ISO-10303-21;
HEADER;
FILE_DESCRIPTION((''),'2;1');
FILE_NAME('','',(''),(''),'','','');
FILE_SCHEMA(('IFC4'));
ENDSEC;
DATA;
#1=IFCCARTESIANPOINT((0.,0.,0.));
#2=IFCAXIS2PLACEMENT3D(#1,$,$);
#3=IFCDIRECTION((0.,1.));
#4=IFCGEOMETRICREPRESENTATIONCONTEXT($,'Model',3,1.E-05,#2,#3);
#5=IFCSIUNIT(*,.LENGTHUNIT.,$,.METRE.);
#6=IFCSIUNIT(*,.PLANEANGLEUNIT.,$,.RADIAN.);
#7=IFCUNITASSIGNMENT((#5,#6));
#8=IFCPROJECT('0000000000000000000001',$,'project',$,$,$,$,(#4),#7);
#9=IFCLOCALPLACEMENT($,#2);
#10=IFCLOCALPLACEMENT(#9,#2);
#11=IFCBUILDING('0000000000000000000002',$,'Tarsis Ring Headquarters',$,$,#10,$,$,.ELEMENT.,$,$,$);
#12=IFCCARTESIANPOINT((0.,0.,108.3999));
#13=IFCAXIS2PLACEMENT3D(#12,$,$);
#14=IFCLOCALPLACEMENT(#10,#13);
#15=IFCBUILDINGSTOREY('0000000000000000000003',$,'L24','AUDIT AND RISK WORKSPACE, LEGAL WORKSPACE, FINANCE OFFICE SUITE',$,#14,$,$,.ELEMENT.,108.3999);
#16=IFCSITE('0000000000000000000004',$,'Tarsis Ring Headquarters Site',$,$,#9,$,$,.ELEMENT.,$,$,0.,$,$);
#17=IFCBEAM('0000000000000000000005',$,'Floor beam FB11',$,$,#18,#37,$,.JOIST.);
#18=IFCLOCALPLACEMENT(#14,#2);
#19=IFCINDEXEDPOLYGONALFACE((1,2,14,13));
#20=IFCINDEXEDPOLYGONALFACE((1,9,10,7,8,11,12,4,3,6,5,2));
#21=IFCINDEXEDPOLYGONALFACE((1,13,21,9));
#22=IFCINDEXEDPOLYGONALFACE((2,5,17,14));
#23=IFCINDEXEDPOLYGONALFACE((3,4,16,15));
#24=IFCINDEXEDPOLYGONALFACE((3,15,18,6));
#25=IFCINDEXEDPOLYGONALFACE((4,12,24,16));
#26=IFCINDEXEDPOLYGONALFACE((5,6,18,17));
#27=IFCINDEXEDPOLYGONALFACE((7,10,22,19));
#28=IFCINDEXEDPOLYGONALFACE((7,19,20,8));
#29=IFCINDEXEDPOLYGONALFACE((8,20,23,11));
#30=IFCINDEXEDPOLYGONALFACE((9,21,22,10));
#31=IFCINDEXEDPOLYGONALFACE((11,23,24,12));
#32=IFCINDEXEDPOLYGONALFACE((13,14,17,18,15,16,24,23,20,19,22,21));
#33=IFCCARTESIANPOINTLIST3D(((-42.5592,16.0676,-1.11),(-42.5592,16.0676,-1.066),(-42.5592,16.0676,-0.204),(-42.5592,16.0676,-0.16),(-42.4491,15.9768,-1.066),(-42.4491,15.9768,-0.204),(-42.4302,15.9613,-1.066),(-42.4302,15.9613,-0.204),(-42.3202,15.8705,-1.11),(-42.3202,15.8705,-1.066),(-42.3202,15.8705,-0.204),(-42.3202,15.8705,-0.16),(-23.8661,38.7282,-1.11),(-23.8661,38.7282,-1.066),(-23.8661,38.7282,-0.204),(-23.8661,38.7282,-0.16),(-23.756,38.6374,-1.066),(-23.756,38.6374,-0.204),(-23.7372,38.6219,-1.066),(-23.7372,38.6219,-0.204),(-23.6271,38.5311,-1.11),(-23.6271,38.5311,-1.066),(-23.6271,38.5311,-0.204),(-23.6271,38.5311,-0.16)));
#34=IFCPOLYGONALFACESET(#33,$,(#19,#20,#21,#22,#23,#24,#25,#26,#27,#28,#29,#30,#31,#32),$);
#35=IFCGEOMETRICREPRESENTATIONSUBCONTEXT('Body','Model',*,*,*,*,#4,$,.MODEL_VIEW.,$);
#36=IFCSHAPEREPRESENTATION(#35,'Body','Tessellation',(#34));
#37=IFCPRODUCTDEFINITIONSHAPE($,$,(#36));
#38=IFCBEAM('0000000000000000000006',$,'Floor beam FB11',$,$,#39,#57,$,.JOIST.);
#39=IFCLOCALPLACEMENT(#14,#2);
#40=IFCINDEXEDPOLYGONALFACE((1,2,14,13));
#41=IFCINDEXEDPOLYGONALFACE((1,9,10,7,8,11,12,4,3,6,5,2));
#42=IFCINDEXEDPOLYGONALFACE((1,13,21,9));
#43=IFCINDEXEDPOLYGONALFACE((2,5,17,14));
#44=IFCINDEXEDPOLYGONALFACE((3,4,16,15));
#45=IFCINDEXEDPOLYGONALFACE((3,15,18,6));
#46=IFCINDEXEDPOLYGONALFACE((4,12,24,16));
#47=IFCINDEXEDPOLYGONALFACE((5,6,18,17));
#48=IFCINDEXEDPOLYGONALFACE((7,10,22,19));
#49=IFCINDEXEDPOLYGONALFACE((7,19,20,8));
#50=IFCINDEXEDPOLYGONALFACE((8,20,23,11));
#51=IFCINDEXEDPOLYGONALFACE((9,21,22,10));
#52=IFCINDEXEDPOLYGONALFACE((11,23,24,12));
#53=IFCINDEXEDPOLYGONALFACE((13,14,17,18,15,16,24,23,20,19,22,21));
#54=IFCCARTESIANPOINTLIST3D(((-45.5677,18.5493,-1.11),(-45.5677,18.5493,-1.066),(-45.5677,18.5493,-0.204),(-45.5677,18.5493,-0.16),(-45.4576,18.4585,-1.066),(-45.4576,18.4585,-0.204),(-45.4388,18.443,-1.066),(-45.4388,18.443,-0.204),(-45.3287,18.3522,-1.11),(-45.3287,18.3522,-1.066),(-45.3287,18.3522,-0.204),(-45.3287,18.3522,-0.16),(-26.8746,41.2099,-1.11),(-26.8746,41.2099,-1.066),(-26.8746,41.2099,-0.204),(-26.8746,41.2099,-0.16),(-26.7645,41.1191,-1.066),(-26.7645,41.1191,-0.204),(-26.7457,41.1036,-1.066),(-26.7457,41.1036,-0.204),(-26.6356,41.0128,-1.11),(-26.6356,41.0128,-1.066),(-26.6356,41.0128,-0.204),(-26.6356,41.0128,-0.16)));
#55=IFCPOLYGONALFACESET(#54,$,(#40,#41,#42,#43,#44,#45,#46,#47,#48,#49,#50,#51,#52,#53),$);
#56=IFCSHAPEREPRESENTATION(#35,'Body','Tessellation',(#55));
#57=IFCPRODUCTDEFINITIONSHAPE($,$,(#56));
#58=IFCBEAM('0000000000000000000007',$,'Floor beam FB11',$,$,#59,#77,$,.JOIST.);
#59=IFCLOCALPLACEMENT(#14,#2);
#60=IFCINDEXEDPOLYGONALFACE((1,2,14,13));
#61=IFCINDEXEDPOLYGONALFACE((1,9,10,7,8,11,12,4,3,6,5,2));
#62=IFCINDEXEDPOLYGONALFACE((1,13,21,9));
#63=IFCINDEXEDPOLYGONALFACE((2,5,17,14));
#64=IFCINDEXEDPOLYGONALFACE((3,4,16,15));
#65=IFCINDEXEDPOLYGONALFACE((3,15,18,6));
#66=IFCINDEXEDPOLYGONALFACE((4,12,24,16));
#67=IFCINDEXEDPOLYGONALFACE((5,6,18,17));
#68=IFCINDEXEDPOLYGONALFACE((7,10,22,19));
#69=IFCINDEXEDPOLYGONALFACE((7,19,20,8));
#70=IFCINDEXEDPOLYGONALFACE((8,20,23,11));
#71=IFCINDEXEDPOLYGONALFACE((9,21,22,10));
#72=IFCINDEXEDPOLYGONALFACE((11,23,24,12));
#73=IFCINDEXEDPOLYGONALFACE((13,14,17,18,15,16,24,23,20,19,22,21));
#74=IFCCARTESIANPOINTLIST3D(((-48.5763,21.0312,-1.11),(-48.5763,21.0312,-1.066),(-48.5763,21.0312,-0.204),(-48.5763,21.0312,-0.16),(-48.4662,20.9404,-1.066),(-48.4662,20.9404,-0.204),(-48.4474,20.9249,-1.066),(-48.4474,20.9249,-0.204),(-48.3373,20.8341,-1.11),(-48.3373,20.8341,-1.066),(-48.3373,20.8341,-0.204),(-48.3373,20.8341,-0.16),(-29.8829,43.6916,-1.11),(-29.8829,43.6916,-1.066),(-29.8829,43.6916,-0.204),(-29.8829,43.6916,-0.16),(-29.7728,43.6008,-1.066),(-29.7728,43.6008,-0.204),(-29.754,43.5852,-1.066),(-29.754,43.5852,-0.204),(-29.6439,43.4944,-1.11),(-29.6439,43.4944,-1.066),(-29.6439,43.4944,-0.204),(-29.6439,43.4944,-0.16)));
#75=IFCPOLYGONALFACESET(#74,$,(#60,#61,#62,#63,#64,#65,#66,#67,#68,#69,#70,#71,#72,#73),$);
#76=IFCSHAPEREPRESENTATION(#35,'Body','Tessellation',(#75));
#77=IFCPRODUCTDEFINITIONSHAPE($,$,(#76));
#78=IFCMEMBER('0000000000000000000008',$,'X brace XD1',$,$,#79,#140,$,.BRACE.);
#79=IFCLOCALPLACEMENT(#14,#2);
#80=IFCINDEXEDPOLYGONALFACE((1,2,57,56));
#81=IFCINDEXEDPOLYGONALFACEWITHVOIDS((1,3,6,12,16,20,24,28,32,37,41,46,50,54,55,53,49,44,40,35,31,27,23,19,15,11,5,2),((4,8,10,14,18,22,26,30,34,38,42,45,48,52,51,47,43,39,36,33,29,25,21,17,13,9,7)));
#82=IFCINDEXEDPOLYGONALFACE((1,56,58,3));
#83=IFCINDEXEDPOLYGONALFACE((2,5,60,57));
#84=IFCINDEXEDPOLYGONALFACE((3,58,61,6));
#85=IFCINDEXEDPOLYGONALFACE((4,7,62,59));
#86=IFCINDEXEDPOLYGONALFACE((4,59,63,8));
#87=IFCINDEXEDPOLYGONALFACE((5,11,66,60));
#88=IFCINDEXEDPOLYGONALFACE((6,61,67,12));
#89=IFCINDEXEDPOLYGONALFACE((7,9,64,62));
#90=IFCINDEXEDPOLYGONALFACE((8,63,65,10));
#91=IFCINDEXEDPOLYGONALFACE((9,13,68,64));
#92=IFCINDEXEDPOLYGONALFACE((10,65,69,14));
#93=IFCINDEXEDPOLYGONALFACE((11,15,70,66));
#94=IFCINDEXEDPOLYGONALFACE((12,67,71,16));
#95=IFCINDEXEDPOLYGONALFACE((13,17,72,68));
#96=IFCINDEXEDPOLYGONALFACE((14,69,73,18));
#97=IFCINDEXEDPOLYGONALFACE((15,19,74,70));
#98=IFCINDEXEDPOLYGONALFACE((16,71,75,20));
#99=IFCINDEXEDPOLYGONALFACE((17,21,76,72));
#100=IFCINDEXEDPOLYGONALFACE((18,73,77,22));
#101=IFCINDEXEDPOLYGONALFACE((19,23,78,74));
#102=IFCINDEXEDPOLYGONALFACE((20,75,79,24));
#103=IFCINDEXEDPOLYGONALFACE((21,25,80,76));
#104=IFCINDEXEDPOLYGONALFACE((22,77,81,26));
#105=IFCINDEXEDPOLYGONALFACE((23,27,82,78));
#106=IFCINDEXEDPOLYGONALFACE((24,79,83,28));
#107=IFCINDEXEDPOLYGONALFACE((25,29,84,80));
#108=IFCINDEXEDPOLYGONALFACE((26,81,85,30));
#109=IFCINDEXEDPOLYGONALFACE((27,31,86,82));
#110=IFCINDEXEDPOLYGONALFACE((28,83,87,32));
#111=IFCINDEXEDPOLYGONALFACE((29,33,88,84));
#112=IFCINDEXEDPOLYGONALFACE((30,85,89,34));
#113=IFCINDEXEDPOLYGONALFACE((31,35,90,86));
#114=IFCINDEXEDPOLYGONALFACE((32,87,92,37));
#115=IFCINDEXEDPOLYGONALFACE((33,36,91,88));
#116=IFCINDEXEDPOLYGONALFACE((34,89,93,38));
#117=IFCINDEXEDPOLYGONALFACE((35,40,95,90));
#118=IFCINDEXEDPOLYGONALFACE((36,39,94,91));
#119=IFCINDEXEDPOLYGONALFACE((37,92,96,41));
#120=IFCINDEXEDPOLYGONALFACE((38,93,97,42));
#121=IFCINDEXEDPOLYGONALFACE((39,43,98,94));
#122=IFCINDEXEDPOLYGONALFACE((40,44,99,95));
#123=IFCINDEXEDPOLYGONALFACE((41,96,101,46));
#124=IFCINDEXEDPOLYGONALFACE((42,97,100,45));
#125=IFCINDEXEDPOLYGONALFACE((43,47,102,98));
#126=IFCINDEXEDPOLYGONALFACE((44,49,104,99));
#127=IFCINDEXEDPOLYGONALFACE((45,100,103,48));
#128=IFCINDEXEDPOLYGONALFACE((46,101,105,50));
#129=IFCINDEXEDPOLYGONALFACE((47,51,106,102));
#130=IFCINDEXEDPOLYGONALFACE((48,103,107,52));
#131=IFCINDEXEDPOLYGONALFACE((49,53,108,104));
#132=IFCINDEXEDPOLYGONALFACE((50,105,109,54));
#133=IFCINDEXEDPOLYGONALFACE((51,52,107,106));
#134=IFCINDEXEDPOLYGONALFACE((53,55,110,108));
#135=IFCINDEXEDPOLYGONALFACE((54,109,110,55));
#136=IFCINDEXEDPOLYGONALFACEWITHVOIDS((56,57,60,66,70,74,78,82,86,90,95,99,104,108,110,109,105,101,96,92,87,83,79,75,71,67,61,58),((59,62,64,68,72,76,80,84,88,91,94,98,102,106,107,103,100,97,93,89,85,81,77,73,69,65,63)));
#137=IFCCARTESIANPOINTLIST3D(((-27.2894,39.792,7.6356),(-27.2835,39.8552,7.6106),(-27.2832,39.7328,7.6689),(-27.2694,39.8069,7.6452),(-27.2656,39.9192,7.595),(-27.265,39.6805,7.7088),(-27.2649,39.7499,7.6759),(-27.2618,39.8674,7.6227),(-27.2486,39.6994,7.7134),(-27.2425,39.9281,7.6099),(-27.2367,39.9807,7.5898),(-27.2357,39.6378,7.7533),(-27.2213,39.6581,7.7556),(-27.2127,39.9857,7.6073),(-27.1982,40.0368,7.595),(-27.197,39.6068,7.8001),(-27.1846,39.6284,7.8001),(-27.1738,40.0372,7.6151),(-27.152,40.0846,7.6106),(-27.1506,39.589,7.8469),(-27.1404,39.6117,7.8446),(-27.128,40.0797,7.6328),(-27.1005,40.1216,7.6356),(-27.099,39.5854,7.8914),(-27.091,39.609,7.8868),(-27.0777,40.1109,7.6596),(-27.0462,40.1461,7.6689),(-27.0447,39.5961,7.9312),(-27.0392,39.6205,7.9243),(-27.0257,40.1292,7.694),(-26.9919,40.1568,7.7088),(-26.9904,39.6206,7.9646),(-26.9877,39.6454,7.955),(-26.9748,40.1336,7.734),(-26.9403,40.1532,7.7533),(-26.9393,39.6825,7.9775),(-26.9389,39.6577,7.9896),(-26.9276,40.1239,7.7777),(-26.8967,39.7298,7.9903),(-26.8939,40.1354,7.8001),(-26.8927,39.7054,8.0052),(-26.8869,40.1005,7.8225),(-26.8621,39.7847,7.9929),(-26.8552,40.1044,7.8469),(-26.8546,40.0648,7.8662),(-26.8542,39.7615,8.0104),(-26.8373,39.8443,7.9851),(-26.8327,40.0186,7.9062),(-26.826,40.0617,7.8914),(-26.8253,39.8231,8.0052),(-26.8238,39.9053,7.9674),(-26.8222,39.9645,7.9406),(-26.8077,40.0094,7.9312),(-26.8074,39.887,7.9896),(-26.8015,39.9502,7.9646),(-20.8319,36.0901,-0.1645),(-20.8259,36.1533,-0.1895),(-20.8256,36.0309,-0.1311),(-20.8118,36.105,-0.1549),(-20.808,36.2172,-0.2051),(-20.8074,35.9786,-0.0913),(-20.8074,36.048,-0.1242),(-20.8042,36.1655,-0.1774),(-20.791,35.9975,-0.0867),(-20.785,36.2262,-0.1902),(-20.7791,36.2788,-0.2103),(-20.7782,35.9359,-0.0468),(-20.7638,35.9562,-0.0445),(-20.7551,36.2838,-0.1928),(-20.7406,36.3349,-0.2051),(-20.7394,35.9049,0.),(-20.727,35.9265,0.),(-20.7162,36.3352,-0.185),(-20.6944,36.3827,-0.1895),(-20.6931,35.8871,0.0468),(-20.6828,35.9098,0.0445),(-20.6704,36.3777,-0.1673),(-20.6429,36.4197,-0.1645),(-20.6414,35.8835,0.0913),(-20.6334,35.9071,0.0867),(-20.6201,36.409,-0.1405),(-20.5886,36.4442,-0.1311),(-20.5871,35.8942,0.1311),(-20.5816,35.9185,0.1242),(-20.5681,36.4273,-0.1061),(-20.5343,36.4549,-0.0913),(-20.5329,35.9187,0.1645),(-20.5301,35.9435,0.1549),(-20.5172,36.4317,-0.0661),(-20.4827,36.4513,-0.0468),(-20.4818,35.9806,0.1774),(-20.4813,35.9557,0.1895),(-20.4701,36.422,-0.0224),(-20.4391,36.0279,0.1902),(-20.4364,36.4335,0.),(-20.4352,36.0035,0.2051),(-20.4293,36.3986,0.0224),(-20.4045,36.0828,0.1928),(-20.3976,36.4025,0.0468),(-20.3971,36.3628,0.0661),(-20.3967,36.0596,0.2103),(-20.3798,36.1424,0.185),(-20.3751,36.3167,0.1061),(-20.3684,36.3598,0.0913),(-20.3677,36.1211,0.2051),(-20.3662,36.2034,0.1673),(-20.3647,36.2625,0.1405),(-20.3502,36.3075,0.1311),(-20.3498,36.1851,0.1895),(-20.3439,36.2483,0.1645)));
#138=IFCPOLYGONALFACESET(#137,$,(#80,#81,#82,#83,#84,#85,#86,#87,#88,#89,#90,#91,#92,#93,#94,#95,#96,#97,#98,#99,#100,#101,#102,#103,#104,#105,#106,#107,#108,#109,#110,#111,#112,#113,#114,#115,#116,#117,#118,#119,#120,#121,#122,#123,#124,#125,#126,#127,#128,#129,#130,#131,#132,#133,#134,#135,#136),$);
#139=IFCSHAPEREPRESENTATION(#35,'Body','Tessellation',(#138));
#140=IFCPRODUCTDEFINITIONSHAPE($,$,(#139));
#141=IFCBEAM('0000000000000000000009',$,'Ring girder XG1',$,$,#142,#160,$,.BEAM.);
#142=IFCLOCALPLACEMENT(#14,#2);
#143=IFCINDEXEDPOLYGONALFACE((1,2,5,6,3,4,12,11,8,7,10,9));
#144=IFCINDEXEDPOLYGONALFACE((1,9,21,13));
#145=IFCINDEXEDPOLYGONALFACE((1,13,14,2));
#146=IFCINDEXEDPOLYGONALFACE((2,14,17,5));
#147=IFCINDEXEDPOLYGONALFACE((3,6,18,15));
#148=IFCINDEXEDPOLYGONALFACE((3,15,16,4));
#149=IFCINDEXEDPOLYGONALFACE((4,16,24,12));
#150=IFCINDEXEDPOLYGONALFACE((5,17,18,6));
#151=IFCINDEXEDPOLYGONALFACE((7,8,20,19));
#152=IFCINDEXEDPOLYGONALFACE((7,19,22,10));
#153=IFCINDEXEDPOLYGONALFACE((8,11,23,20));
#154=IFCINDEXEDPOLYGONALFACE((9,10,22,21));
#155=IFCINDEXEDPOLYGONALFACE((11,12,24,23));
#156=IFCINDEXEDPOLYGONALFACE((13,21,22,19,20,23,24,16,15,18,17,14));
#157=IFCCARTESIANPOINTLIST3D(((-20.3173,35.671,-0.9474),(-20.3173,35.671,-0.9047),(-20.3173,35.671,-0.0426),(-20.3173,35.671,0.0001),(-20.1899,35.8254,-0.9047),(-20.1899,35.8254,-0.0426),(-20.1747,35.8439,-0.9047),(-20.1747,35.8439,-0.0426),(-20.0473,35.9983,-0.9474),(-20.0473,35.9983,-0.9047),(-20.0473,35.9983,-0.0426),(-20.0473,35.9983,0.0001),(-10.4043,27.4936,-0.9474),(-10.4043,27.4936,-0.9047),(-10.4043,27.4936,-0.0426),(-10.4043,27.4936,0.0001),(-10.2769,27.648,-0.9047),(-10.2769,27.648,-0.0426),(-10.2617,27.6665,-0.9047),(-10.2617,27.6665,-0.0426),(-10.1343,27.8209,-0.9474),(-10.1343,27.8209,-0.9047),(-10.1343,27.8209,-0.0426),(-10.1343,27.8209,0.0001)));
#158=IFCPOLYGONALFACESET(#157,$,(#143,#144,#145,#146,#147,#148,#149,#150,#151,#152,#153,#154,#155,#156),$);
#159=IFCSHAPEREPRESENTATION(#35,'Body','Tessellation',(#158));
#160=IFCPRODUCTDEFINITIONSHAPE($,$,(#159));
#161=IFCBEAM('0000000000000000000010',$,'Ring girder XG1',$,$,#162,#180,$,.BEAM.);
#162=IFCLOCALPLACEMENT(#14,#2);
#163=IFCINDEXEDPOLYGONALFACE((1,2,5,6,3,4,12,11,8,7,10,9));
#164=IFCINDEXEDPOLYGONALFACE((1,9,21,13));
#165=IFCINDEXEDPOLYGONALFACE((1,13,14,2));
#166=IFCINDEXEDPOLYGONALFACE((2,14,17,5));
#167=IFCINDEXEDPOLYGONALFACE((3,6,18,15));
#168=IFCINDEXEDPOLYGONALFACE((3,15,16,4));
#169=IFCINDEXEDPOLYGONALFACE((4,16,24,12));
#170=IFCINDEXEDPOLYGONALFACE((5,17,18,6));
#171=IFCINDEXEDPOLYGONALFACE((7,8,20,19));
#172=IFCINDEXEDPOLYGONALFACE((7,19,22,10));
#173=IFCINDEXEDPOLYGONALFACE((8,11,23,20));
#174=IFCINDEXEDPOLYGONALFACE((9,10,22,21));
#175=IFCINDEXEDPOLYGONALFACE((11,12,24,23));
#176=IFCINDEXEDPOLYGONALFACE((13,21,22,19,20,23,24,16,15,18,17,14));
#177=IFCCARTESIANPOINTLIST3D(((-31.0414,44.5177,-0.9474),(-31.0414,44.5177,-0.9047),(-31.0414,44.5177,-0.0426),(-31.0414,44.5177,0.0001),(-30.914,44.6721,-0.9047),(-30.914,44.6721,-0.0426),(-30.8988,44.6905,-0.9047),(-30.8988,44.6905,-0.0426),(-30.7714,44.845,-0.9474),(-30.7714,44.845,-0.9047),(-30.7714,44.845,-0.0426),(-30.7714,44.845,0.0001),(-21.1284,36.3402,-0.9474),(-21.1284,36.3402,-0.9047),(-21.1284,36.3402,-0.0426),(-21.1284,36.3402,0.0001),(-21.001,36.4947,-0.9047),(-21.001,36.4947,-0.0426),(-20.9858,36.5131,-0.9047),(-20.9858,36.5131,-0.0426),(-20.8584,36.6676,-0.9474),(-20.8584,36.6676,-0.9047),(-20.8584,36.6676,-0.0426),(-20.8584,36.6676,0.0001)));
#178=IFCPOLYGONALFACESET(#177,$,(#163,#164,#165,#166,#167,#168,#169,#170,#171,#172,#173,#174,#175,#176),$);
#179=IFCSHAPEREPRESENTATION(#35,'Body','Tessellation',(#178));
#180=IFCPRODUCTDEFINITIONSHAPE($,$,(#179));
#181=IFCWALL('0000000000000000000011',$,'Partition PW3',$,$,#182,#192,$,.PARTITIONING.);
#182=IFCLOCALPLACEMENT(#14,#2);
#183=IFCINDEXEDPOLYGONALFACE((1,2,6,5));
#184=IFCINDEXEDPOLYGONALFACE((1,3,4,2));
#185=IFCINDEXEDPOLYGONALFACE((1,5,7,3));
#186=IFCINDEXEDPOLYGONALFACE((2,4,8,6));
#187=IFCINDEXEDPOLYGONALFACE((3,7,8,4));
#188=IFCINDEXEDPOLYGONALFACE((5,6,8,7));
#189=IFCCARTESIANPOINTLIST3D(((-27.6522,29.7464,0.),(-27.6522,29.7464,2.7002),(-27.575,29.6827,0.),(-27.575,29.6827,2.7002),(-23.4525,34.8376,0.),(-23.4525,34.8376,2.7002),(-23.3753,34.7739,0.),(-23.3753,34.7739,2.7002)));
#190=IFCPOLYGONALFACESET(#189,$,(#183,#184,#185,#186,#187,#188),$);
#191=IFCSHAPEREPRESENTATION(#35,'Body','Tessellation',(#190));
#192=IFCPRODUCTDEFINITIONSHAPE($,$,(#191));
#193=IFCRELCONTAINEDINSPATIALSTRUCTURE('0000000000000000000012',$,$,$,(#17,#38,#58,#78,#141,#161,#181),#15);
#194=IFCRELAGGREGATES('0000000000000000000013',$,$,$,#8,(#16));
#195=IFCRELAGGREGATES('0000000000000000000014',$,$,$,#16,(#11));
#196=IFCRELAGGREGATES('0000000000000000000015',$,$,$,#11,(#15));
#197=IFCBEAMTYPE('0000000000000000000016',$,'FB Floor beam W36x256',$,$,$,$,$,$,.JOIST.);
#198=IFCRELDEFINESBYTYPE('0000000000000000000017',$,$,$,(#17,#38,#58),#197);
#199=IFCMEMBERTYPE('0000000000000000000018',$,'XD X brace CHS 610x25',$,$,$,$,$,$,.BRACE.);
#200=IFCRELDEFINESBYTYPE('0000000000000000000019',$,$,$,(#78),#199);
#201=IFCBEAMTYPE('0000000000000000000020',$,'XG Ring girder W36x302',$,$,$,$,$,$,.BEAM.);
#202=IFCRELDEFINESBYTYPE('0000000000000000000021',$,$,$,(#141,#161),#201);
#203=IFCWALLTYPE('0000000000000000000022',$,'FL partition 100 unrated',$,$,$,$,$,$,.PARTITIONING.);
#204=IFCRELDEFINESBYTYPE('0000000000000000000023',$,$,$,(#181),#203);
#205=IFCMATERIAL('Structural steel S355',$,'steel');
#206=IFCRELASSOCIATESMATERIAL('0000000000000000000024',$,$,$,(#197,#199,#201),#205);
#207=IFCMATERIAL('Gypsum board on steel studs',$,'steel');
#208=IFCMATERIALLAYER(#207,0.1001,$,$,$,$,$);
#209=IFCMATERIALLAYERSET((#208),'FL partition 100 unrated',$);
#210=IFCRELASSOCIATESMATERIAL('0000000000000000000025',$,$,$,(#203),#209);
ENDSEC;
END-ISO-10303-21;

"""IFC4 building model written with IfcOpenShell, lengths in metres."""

from ifc_helpers import new_model, si_unit, direction, frame, frame_2d, origin, origin_2d, place, context, subcontext, project, spatial, rectangle, hollow_circle, i_section, extrude, material, layer, layer_set, material_profile, profile_set, type_object, element, save


model = new_model("IFC4")

# Units and contexts
model_context = context("Model", 3, precision=1e-05, world=origin(), true_north=direction((0.0, 1.0)))
body_context = subcontext(model_context, "Body", "Model", "MODEL_VIEW")
ifc_project = project(units=[si_unit("LENGTHUNIT", "METRE"), si_unit("PLANEANGLEUNIT", "RADIAN")], contexts=[model_context])

# Site, building, storey
site_placement = place(None, origin())
site = spatial("IfcSite", under=ifc_project, at=site_placement, Name="Tarsis Ring Headquarters Site", CompositionType="ELEMENT", RefElevation=0.0)
building_placement = place(site_placement, origin())
building = spatial("IfcBuilding", under=site, at=building_placement, Name="Tarsis Ring Headquarters", CompositionType="ELEMENT")
storey_placement = place(building_placement, frame((0.0, 0.0, 108.3999)))
storey = spatial("IfcBuildingStorey", under=building, at=storey_placement, Name="L24", Description="AUDIT AND RISK WORKSPACE, LEGAL WORKSPACE, FINANCE OFFICE SUITE", CompositionType="ELEMENT", Elevation=108.3999)

# Shared definitions
ifc_material_1 = material(Name="Structural steel S355", Category="steel")

# Beams
ifc_material_profile_1 = material_profile(ifc_material_1, i_section(OverallWidth=0.3098, OverallDepth=0.95, WebThickness=0.0244, FlangeThickness=0.0439, at=origin_2d()), Name="W36x256")
ifc_profile_set_1 = profile_set([ifc_material_profile_1], Name="Structural steel S355")
beam_type_1 = type_object("IfcBeamType", Name="FB Floor beam W36x256", PredefinedType="JOIST", material=ifc_profile_set_1)
for number, where, z_axis, x_axis, name in (
    (1, (-23.7466, 38.6296, -0.635), (-0.636344, -0.771405, 0.0), (0.771405, -0.636344, 0.0), "Floor beam FB11"),
    (2, (-26.7551, 41.1113, -0.635), (-0.636344, -0.771405, 0.0), (0.771405, -0.636344, 0.0), "Floor beam FB11"),
    (3, (-29.7634, 43.593, -0.635), (-0.636353, -0.771398, 0.0), (0.771398, -0.636353, 0.0), "Floor beam FB11"),
):
    element("IfcBeam", number, at=place(storey_placement, frame(where, z_axis=z_axis, x_axis=x_axis)), inside=storey, type_object=beam_type_1, Name=name, PredefinedType="JOIST", context=body_context, shape_type="SweptSolid", body=[
        extrude(i_section(OverallWidth=0.3098, OverallDepth=0.95, WebThickness=0.0244, FlangeThickness=0.0439, at=origin_2d()), origin(), (0.0, 0.0, 1.0), 29.3757),
    ])

# Member
ifc_material_profile_2 = material_profile(ifc_material_1, hollow_circle(Radius=0.3047, WallThickness=0.0249, at=origin_2d()), Name="CHS 610x25")
ifc_profile_set_2 = profile_set([ifc_material_profile_2], Name="Structural steel S355")
member_type = type_object("IfcMemberType", Name="XD X brace CHS 610x25", PredefinedType="BRACE", material=ifc_profile_set_2)
member_placement = place(storey_placement, frame((-20.5879, 36.1692, 0.0), z_axis=(-0.598935, 0.343352, 0.723455), x_axis=(-0.497343, -0.867554, 0.0)))
element("IfcMember", 4, at=member_placement, inside=storey, type_object=member_type, Name="X brace XD1", PredefinedType="BRACE", context=body_context, shape_type="SweptSolid", body=[
    extrude(hollow_circle(Radius=0.3047, WallThickness=0.0249, at=origin_2d()), origin(), (0.0, 0.0, 1.0), 10.7817),
])

# Beams
ifc_material_profile_3 = material_profile(ifc_material_1, i_section(OverallWidth=0.4243, OverallDepth=0.9475, WebThickness=0.0239, FlangeThickness=0.0427, at=origin_2d()), Name="W36x302")
ifc_profile_set_3 = profile_set([ifc_material_profile_3], Name="Structural steel S355")
beam_type_2 = type_object("IfcBeamType", Name="XG Ring girder W36x302", PredefinedType="BEAM", material=ifc_profile_set_3)
for number, where, z_axis, x_axis, name in (
    (5, (-10.2693, 27.6572, -0.4736), (-0.771404, 0.636346, 0.0), (-0.636346, -0.771404, 0.0), "Ring girder XG1"),
    (6, (-20.9934, 36.5039, -0.4736), (-0.771404, 0.636346, 0.0), (-0.636346, -0.771404, 0.0), "Ring girder XG1"),
):
    element("IfcBeam", number, at=place(storey_placement, frame(where, z_axis=z_axis, x_axis=x_axis)), inside=storey, type_object=beam_type_2, Name=name, PredefinedType="BEAM", context=body_context, shape_type="SweptSolid", body=[
        extrude(i_section(OverallWidth=0.4243, OverallDepth=0.9475, WebThickness=0.0239, FlangeThickness=0.0427, at=origin_2d()), origin(), (0.0, 0.0, 1.0), 12.8506),
    ])

# Wall
ifc_material_2 = material(Name="Gypsum board on steel studs", Category="steel")
ifc_layer_1 = layer(ifc_material_2, 0.1001)
ifc_layer_set_1 = layer_set([ifc_layer_1], Name="FL partition 100 unrated")
wall_type_1 = type_object("IfcWallType", Name="FL partition 100 unrated", PredefinedType="PARTITIONING", material=ifc_layer_set_1)
wall_1_placement = place(storey_placement, frame((-27.6135, 29.7146, 0.0), z_axis=(0.0, 0.0, 1.0), x_axis=(0.636327, 0.77142, 0.0)))
element("IfcWall", 7, at=wall_1_placement, inside=storey, type_object=wall_type_1, Name="Partition PW3", PredefinedType="PARTITIONING", context=body_context, shape_type="SweptSolid", body=[
    extrude(rectangle(XDim=6.5999, YDim=0.1001, at=frame_2d((3.2998, 0.0))), origin(), (0.0, 0.0, 1.0), 2.7002),
])

save(model, "model.ifc")
